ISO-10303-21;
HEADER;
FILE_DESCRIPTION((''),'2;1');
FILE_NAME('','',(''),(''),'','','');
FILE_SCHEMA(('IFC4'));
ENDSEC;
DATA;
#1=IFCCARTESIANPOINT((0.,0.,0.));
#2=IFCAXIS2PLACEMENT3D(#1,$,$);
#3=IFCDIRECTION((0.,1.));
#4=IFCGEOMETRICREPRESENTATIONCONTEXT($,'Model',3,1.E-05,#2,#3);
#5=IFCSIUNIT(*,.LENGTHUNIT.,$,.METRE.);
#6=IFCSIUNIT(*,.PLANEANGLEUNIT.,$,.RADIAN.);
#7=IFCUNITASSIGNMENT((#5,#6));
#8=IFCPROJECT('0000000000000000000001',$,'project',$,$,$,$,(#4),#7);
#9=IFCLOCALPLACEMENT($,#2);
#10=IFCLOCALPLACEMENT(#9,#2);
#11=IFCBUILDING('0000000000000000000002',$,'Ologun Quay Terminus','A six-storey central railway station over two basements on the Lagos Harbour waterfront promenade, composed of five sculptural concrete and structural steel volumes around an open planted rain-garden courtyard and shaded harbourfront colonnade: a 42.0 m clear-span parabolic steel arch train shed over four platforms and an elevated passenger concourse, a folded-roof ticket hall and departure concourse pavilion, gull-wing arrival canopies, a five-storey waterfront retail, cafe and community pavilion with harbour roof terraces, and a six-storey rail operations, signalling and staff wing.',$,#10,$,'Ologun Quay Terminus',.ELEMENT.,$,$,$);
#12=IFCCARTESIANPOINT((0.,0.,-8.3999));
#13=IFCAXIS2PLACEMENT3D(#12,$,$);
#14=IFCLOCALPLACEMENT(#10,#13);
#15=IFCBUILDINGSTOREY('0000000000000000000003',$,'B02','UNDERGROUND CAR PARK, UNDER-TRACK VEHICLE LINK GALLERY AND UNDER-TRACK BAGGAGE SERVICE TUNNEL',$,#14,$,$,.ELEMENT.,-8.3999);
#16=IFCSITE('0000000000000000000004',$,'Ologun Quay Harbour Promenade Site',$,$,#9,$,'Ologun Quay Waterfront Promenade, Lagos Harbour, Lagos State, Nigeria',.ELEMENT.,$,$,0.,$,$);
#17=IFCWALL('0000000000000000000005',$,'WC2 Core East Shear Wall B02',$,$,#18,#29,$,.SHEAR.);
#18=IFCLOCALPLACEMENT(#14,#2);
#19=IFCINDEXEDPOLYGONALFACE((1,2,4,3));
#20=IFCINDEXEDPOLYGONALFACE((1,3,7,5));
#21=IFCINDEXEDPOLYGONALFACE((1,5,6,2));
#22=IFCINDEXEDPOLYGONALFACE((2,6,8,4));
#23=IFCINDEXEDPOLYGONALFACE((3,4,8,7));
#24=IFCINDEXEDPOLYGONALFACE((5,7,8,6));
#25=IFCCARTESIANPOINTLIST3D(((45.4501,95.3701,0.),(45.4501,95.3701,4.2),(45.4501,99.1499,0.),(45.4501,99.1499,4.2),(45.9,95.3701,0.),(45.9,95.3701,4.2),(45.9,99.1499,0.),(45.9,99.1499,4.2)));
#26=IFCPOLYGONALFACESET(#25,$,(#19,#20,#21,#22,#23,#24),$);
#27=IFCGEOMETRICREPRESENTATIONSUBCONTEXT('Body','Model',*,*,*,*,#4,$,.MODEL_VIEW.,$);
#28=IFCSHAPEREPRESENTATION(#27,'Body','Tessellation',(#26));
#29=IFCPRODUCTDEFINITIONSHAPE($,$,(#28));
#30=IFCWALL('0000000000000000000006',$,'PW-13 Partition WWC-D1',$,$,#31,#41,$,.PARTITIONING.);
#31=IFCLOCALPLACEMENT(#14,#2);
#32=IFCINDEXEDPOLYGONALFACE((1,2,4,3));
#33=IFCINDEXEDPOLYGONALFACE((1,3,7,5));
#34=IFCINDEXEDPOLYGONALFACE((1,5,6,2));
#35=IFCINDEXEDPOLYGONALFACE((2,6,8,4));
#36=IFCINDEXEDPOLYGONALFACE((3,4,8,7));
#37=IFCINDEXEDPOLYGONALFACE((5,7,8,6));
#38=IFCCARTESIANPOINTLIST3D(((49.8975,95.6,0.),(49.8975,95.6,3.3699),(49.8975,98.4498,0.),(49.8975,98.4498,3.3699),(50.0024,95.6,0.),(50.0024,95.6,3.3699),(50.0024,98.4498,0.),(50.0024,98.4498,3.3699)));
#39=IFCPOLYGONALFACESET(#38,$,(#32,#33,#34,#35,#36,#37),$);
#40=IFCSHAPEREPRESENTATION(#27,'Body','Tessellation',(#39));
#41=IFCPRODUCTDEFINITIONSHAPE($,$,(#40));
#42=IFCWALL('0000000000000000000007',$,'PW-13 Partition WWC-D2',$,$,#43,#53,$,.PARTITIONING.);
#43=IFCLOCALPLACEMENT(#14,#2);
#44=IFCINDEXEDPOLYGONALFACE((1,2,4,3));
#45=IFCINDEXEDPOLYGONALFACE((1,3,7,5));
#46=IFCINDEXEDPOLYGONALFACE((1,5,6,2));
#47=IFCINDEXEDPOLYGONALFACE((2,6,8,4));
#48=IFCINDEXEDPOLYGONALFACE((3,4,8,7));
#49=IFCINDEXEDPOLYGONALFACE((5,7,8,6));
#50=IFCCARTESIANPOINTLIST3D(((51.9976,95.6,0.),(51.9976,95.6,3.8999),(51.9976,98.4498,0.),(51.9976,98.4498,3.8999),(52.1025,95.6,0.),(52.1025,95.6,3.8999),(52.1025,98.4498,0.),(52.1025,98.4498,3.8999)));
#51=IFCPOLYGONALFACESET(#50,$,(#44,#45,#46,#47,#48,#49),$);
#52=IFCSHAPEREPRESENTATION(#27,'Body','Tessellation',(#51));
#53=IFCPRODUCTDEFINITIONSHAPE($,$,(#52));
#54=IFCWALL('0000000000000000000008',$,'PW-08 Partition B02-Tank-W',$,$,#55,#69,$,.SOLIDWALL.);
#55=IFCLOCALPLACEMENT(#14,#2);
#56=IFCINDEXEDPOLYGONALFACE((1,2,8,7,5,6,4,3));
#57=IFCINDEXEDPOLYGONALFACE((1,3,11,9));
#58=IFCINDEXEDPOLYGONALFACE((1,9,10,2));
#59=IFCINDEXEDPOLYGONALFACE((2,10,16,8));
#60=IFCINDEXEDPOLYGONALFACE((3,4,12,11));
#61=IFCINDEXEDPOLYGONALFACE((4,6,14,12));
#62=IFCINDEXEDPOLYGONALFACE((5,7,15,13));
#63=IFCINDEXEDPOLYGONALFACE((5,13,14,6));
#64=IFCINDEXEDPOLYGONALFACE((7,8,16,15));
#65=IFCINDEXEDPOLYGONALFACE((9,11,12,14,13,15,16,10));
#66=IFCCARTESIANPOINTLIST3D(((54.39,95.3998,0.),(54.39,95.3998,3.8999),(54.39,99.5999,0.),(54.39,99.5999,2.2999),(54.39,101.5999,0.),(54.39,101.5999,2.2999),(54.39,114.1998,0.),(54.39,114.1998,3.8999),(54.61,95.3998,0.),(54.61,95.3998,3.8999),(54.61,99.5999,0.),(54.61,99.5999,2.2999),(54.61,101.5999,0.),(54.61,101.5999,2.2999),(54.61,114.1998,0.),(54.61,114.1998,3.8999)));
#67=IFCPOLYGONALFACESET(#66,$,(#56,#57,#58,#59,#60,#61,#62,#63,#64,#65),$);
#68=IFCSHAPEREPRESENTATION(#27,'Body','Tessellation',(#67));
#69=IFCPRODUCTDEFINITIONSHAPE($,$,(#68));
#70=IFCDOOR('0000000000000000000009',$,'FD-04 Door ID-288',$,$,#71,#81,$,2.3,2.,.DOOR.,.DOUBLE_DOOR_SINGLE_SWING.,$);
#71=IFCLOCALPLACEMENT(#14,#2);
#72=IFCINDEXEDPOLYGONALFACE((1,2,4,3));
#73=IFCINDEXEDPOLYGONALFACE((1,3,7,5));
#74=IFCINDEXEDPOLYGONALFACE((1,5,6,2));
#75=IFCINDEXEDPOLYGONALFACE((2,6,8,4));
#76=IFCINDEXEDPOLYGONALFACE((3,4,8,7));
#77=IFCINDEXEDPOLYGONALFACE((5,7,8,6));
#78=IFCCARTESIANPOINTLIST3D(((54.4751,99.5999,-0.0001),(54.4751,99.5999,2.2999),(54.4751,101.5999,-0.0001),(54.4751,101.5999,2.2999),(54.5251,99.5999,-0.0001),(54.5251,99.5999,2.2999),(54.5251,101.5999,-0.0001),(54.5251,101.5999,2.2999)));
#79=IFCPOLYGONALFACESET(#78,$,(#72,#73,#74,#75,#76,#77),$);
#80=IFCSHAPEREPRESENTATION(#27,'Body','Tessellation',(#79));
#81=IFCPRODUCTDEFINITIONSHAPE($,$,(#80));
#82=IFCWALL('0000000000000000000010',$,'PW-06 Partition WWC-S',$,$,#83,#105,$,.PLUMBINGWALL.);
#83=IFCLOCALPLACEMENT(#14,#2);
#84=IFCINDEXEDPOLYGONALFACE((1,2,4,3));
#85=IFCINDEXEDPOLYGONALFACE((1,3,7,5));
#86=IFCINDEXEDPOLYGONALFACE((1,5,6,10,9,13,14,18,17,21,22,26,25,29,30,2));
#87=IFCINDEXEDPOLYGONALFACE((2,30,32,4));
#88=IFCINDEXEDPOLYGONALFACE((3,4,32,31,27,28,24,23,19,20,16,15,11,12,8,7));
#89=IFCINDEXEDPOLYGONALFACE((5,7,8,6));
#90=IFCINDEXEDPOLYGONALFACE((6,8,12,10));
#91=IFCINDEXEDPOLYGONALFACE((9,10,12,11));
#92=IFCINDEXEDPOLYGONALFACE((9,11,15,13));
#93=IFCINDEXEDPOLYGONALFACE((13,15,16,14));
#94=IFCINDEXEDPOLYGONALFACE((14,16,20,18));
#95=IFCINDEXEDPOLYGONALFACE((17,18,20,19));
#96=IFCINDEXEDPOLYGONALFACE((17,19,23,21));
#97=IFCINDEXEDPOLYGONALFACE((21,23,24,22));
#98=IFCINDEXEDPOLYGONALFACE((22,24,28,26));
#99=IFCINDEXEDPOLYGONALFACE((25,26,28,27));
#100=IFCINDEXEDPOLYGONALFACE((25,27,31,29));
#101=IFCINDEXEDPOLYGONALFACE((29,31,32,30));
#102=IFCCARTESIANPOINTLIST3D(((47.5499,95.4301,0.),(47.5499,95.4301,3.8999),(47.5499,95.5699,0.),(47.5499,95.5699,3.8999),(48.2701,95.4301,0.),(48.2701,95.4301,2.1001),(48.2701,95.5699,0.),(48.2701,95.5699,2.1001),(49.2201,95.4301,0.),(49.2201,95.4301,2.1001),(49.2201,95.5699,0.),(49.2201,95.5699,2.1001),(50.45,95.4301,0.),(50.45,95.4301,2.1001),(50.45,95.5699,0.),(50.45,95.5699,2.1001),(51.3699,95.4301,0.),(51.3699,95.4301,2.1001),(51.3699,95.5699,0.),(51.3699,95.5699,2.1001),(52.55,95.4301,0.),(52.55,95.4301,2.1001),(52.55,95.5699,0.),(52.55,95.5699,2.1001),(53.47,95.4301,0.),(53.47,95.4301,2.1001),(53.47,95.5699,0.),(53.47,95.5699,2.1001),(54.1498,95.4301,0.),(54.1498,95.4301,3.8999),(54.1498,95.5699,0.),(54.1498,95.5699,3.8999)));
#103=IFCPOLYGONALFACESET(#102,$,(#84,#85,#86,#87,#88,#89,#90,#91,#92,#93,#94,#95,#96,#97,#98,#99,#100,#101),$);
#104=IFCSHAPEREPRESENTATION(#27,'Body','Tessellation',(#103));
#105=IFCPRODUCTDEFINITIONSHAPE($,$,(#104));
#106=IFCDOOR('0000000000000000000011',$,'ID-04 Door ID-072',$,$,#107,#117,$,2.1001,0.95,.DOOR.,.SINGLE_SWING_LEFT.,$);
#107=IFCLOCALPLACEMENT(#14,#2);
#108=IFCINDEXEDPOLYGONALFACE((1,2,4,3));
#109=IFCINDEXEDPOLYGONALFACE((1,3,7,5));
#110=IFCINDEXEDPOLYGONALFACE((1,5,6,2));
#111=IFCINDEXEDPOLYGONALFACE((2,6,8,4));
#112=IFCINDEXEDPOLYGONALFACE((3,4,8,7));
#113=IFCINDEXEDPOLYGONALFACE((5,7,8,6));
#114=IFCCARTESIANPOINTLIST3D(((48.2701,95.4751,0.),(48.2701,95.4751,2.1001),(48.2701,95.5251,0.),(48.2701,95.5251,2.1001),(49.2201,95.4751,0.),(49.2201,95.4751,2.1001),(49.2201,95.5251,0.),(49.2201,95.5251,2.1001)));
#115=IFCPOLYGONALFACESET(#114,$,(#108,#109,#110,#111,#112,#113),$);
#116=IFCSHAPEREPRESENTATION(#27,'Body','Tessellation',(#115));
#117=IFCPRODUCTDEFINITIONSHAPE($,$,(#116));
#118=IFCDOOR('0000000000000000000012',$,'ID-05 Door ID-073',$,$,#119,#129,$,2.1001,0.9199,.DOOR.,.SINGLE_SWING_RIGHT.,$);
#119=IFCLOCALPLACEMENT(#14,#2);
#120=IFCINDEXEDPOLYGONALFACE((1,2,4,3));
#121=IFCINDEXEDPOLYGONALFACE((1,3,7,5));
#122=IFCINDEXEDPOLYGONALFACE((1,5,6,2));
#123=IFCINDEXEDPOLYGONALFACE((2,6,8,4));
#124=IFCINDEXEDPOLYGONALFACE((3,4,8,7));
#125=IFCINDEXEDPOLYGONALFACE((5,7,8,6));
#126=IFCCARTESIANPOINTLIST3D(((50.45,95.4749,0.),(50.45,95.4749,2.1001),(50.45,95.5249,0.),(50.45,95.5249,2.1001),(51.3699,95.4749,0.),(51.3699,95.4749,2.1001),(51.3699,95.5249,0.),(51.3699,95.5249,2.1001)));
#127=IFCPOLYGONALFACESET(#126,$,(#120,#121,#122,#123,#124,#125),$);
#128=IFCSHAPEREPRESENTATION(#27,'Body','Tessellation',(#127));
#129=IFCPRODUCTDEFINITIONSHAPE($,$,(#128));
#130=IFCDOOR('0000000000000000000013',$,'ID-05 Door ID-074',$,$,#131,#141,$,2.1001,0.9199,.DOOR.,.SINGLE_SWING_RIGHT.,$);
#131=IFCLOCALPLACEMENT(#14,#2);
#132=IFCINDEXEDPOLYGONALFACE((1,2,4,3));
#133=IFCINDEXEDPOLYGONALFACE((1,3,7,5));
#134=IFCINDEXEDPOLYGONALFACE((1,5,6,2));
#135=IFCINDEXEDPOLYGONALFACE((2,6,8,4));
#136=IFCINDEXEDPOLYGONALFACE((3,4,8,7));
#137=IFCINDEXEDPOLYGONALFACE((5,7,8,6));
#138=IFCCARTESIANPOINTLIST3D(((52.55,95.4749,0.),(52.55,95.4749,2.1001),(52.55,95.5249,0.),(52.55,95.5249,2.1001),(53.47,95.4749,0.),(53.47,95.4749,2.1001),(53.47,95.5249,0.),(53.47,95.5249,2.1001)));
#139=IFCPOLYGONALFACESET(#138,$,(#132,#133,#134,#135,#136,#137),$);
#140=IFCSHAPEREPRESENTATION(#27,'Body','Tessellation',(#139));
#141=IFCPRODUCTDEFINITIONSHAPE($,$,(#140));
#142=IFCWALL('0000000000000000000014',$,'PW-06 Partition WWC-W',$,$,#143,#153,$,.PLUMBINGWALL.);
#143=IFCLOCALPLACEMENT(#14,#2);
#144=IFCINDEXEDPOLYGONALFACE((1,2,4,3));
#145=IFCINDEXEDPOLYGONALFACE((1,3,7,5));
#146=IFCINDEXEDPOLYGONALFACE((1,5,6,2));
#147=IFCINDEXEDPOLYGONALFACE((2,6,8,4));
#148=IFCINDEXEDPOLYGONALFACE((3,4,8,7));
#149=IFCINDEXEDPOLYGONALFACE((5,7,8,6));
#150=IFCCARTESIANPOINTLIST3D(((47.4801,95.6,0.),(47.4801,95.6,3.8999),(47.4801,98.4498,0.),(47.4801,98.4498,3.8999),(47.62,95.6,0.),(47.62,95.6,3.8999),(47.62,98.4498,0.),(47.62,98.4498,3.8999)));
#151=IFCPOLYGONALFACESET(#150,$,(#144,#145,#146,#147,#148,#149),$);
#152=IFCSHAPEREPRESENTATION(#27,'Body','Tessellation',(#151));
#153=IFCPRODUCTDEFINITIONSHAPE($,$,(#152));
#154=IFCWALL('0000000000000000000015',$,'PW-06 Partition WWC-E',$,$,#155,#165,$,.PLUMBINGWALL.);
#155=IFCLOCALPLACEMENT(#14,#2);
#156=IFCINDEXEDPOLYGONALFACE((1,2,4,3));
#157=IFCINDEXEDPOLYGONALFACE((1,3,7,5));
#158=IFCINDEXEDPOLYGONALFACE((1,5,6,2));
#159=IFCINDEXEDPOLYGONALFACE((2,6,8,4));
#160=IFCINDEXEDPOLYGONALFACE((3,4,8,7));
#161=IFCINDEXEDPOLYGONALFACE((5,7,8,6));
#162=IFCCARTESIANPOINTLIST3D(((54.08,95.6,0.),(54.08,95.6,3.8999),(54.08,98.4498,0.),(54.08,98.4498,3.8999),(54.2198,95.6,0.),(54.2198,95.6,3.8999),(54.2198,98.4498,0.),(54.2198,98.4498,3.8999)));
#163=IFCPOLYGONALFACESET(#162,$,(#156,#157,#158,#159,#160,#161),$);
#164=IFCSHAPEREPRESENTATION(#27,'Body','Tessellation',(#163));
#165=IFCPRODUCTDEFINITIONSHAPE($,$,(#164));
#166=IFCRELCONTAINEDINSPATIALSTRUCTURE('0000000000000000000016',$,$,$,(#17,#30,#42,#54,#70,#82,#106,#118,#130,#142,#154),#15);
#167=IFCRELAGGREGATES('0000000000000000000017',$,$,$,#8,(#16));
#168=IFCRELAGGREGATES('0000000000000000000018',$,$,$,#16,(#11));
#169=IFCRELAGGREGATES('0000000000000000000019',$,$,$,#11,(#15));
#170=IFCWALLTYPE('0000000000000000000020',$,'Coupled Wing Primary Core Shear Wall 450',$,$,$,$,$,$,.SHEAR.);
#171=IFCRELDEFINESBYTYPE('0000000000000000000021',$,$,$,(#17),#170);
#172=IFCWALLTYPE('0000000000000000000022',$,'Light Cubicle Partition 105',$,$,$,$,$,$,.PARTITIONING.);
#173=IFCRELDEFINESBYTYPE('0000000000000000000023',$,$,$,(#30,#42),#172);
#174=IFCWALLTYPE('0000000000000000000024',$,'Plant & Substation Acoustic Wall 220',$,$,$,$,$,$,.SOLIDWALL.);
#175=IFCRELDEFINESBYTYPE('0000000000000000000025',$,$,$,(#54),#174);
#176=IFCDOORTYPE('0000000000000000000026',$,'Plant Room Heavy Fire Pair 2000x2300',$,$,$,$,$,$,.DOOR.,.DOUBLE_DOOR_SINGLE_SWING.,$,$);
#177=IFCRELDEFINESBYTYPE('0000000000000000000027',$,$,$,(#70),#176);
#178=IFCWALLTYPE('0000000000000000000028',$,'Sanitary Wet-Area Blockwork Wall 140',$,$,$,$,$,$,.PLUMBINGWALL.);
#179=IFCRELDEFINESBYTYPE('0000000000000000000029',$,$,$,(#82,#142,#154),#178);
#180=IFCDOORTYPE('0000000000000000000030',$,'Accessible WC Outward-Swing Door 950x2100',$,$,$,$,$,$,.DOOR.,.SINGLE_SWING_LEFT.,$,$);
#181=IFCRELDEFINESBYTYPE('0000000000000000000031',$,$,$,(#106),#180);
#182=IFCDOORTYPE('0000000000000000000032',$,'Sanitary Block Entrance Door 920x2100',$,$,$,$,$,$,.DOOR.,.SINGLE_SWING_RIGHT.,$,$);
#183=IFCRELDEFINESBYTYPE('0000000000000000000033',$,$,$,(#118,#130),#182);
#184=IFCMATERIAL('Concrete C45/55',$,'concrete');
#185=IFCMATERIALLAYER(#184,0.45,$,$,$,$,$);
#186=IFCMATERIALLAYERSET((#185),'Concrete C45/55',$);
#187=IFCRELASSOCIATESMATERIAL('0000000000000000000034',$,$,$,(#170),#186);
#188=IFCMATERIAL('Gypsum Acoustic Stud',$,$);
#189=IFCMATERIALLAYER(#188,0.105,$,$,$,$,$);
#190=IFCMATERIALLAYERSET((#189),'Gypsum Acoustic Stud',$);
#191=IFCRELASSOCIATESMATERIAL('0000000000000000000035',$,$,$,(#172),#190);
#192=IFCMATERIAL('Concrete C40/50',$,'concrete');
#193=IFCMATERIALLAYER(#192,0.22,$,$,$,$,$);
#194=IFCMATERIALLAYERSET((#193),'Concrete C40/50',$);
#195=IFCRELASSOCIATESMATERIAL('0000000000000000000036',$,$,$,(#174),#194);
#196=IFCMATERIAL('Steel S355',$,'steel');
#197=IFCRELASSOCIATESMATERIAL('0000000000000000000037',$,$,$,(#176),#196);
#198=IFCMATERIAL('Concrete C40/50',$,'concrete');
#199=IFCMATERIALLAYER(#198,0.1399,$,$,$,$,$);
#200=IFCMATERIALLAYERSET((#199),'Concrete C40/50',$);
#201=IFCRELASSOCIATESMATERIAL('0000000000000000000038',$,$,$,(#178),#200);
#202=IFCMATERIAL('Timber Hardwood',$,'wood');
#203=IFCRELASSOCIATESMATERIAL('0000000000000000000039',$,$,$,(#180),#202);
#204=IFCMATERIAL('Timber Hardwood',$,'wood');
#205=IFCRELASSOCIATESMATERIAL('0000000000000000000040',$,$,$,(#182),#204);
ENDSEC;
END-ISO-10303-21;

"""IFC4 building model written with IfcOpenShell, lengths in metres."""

from ifc_helpers import new_model, si_unit, direction, frame, frame_2d, origin, place, context, subcontext, project, spatial, rectangle, extrude, material, layer, layer_set, type_object, element, fill, save


model = new_model("IFC4")

# Units and contexts
model_context = context("Model", 3, precision=1e-05, world=origin(), true_north=direction((0.0, 1.0)))
body_context = subcontext(model_context, "Body", "Model", "MODEL_VIEW")
ifc_project = project(units=[si_unit("LENGTHUNIT", "METRE"), si_unit("PLANEANGLEUNIT", "RADIAN")], contexts=[model_context])

# Site, building, storey
site_placement = place(None, origin())
site = spatial("IfcSite", under=ifc_project, at=site_placement, Name="Ologun Quay Harbour Promenade Site", LongName="Ologun Quay Waterfront Promenade, Lagos Harbour, Lagos State, Nigeria", CompositionType="ELEMENT", RefElevation=0.0)
building_placement = place(site_placement, origin())
building = spatial("IfcBuilding", under=site, at=building_placement, Name="Ologun Quay Terminus", Description="A six-storey central railway station over two basements on the Lagos Harbour waterfront promenade, composed of five sculptural concrete and structural steel volumes around an open planted rain-garden courtyard and shaded harbourfront colonnade: a 42.0 m clear-span parabolic steel arch train shed over four platforms and an elevated passenger concourse, a folded-roof ticket hall and departure concourse pavilion, gull-wing arrival canopies, a five-storey waterfront retail, cafe and community pavilion with harbour roof terraces, and a six-storey rail operations, signalling and staff wing.", LongName="Ologun Quay Terminus", CompositionType="ELEMENT")
storey_placement = place(building_placement, frame((0.0, 0.0, -8.3999)))
storey = spatial("IfcBuildingStorey", under=building, at=storey_placement, Name="B02", Description="UNDERGROUND CAR PARK, UNDER-TRACK VEHICLE LINK GALLERY AND UNDER-TRACK BAGGAGE SERVICE TUNNEL", CompositionType="ELEMENT", Elevation=-8.3999)

# Walls
ifc_material_1 = material(Name="Concrete C45/55", Category="concrete")
ifc_layer_1 = layer(ifc_material_1, 0.45)
ifc_layer_set_1 = layer_set([ifc_layer_1], Name="Concrete C45/55")
wall_type_1 = type_object("IfcWallType", Name="Coupled Wing Primary Core Shear Wall 450", PredefinedType="SHEAR", material=ifc_layer_set_1)
wall_1_placement = place(storey_placement, frame((45.675, 95.3701, 0.0), z_axis=(0.0, 0.0, 1.0), x_axis=(0.0, 1.0, 0.0)))
element("IfcWall", 1, at=wall_1_placement, inside=storey, type_object=wall_type_1, Name="WC2 Core East Shear Wall B02", PredefinedType="SHEAR", context=body_context, shape_type="SweptSolid", body=[
    extrude(rectangle(XDim=3.7798, YDim=0.45, at=frame_2d((1.8899, 0.0))), origin(), (0.0, 0.0, 1.0), 4.2),
])
ifc_material_2 = material(Name="Gypsum Acoustic Stud")
ifc_layer_2 = layer(ifc_material_2, 0.105)
ifc_layer_set_2 = layer_set([ifc_layer_2], Name="Gypsum Acoustic Stud")
wall_type_2 = type_object("IfcWallType", Name="Light Cubicle Partition 105", PredefinedType="PARTITIONING", material=ifc_layer_set_2)
wall_2_placement = place(storey_placement, frame((49.95, 95.6001, 0.0), z_axis=(0.0, 0.0, 1.0), x_axis=(0.0, 1.0, 0.0)))
element("IfcWall", 2, at=wall_2_placement, inside=storey, type_object=wall_type_2, Name="PW-13 Partition WWC-D1", PredefinedType="PARTITIONING", context=body_context, shape_type="SweptSolid", body=[
    extrude(rectangle(XDim=2.8499, YDim=0.105, at=frame_2d((1.4248, 0.0))), origin(), (0.0, 0.0, 1.0), 3.3699),
])
wall_3_placement = place(storey_placement, frame((52.05, 95.6001, 0.0), z_axis=(0.0, 0.0, 1.0), x_axis=(0.0, 1.0, 0.0)))
element("IfcWall", 3, at=wall_3_placement, inside=storey, type_object=wall_type_2, Name="PW-13 Partition WWC-D2", PredefinedType="PARTITIONING", context=body_context, shape_type="SweptSolid", body=[
    extrude(rectangle(XDim=2.8499, YDim=0.105, at=frame_2d((1.4248, 0.0))), origin(), (0.0, 0.0, 1.0), 3.8999),
])

# Wall, opening, door
ifc_material_3 = material(Name="Concrete C40/50", Category="concrete")
ifc_layer_3 = layer(ifc_material_3, 0.22)
ifc_layer_set_3 = layer_set([ifc_layer_3], Name="Concrete C40/50")
wall_type_3 = type_object("IfcWallType", Name="Plant & Substation Acoustic Wall 220", PredefinedType="SOLIDWALL", material=ifc_layer_set_3)
wall_4_placement = place(storey_placement, frame((54.5, 95.3999, 0.0), z_axis=(0.0, 0.0, 1.0), x_axis=(0.0, 1.0, 0.0)))
wall_4 = element("IfcWall", 4, at=wall_4_placement, inside=storey, type_object=wall_type_3, Name="PW-08 Partition B02-Tank-W", PredefinedType="SOLIDWALL", context=body_context, shape_type="SweptSolid", body=[
    extrude(rectangle(XDim=18.8, YDim=0.22, at=frame_2d((9.3999, 0.0))), origin(), (0.0, 0.0, 1.0), 3.8999),
])
opening_1_placement = place(wall_4_placement, frame((4.2, 0.0, 0.0)))
opening_1 = element("IfcOpeningElement", 5, at=opening_1_placement, cuts=wall_4, PredefinedType="OPENING", context=body_context, shape_type="SweptSolid", body=[
    extrude(rectangle(XDim=2.0, YDim=2.3, at=frame_2d((1.0, 1.1499))), frame((0.0, 0.1201, 0.0), z_axis=(0.0, -1.0, 0.0), x_axis=(1.0, 0.0, 0.0)), (0.0, 0.0, 1.0), 0.24),
])
ifc_material_4 = material(Name="Steel S355", Category="steel")
door_type_1 = type_object("IfcDoorType", Name="Plant Room Heavy Fire Pair 2000x2300", OperationType="DOUBLE_DOOR_SINGLE_SWING", PredefinedType="DOOR", material=ifc_material_4)
door_1_placement = place(opening_1_placement, origin())
door_1 = element("IfcDoor", 6, at=door_1_placement, inside=storey, type_object=door_type_1, Name="FD-04 Door ID-288", OperationType="DOUBLE_DOOR_SINGLE_SWING", OverallHeight=2.3, OverallWidth=2.0, PredefinedType="DOOR", context=body_context, shape_type="SweptSolid", body=[
    extrude(rectangle(XDim=2.0, YDim=2.3, at=frame_2d((1.0, 1.1499))), frame((0.0, 0.0249, 0.0), z_axis=(0.0, -1.0, 0.0), x_axis=(1.0, 0.0, 0.0)), (0.0, 0.0, 1.0), 0.05),
])
fill(opening_1, door_1)

# Wall, openings, doors
ifc_material_5 = material(Name="Concrete C40/50", Category="concrete")
ifc_layer_4 = layer(ifc_material_5, 0.1399)
ifc_layer_set_4 = layer_set([ifc_layer_4], Name="Concrete C40/50")
wall_type_4 = type_object("IfcWallType", Name="Sanitary Wet-Area Blockwork Wall 140", PredefinedType="PLUMBINGWALL", material=ifc_layer_set_4)
wall_5_placement = place(storey_placement, frame((47.55, 95.5, 0.0), z_axis=(0.0, 0.0, 1.0), x_axis=(1.0, 0.0, 0.0)))
wall_5 = element("IfcWall", 7, at=wall_5_placement, inside=storey, type_object=wall_type_4, Name="PW-06 Partition WWC-S", PredefinedType="PLUMBINGWALL", context=body_context, shape_type="SweptSolid", body=[
    extrude(rectangle(XDim=6.5999, YDim=0.1399, at=frame_2d((3.2998, 0.0))), origin(), (0.0, 0.0, 1.0), 3.8999),
])
opening_2_placement = place(wall_5_placement, frame((0.72, 0.0, 0.0)))
opening_2 = element("IfcOpeningElement", 8, at=opening_2_placement, cuts=wall_5, PredefinedType="OPENING", context=body_context, shape_type="SweptSolid", body=[
    extrude(rectangle(XDim=0.95, YDim=2.1001, at=frame_2d((0.4751, 1.05))), frame((0.0, 0.0801, 0.0), z_axis=(0.0, -1.0, 0.0), x_axis=(1.0, 0.0, 0.0)), (0.0, 0.0, 1.0), 0.1599),
])
opening_3_placement = place(wall_5_placement, frame((2.8999, 0.0, 0.0)))
opening_3 = element("IfcOpeningElement", 9, at=opening_3_placement, cuts=wall_5, PredefinedType="OPENING", context=body_context, shape_type="SweptSolid", body=[
    extrude(rectangle(XDim=0.9199, YDim=2.1001, at=frame_2d((0.46, 1.05))), frame((0.0, 0.0801, 0.0), z_axis=(0.0, -1.0, 0.0), x_axis=(1.0, 0.0, 0.0)), (0.0, 0.0, 1.0), 0.1599),
])
opening_4_placement = place(wall_5_placement, frame((5.0, 0.0, 0.0)))
opening_4 = element("IfcOpeningElement", 10, at=opening_4_placement, cuts=wall_5, PredefinedType="OPENING", context=body_context, shape_type="SweptSolid", body=[
    extrude(rectangle(XDim=0.9199, YDim=2.1001, at=frame_2d((0.46, 1.05))), frame((0.0, 0.0801, 0.0), z_axis=(0.0, -1.0, 0.0), x_axis=(1.0, 0.0, 0.0)), (0.0, 0.0, 1.0), 0.1599),
])
ifc_material_6 = material(Name="Timber Hardwood", Category="wood")
door_type_2 = type_object("IfcDoorType", Name="Accessible WC Outward-Swing Door 950x2100", OperationType="SINGLE_SWING_LEFT", PredefinedType="DOOR", material=ifc_material_6)
door_2_placement = place(opening_2_placement, frame((0.4751, 0.0, 0.0), z_axis=(0.0, 0.0, 1.0), x_axis=(-1.0, 0.0, 0.0)))
door_2 = element("IfcDoor", 11, at=door_2_placement, inside=storey, type_object=door_type_2, Name="ID-04 Door ID-072", OperationType="SINGLE_SWING_LEFT", OverallHeight=2.1001, OverallWidth=0.95, PredefinedType="DOOR", context=body_context, shape_type="SweptSolid", body=[
    extrude(rectangle(XDim=0.95, YDim=2.1001, at=frame_2d((0.0, 1.05))), frame((0.0, 0.0249, 0.0), z_axis=(0.0, -1.0, 0.0), x_axis=(1.0, 0.0, 0.0)), (0.0, 0.0, 1.0), 0.05),
])
fill(opening_2, door_2)
ifc_material_7 = material(Name="Timber Hardwood", Category="wood")
door_type_3 = type_object("IfcDoorType", Name="Sanitary Block Entrance Door 920x2100", OperationType="SINGLE_SWING_RIGHT", PredefinedType="DOOR", material=ifc_material_7)
door_3_placement = place(opening_3_placement, origin())
door_3 = element("IfcDoor", 12, at=door_3_placement, inside=storey, type_object=door_type_3, Name="ID-05 Door ID-073", OperationType="SINGLE_SWING_RIGHT", OverallHeight=2.1001, OverallWidth=0.9199, PredefinedType="DOOR", context=body_context, shape_type="SweptSolid", body=[
    extrude(rectangle(XDim=0.9199, YDim=2.1001, at=frame_2d((0.46, 1.05))), frame((0.0, 0.0249, 0.0), z_axis=(0.0, -1.0, 0.0), x_axis=(1.0, 0.0, 0.0)), (0.0, 0.0, 1.0), 0.05),
])
fill(opening_3, door_3)
door_4_placement = place(opening_4_placement, origin())
door_4 = element("IfcDoor", 13, at=door_4_placement, inside=storey, type_object=door_type_3, Name="ID-05 Door ID-074", OperationType="SINGLE_SWING_RIGHT", OverallHeight=2.1001, OverallWidth=0.9199, PredefinedType="DOOR", context=body_context, shape_type="SweptSolid", body=[
    extrude(rectangle(XDim=0.9199, YDim=2.1001, at=frame_2d((0.46, 1.05))), frame((0.0, 0.0249, 0.0), z_axis=(0.0, -1.0, 0.0), x_axis=(1.0, 0.0, 0.0)), (0.0, 0.0, 1.0), 0.05),
])
fill(opening_4, door_4)

# Walls
for number, where, z_axis, x_axis, name in (
    (14, (47.55, 95.6001, 0.0), (0.0, 0.0, 1.0), (0.0, 1.0, 0.0), "PW-06 Partition WWC-W"),
    (15, (54.1499, 95.6001, 0.0), (0.0, 0.0, 1.0), (0.0, 1.0, 0.0), "PW-06 Partition WWC-E"),
):
    element("IfcWall", number, at=place(storey_placement, frame(where, z_axis=z_axis, x_axis=x_axis)), inside=storey, type_object=wall_type_4, Name=name, PredefinedType="PLUMBINGWALL", context=body_context, shape_type="SweptSolid", body=[
        extrude(rectangle(XDim=2.8499, YDim=0.1399, at=frame_2d((1.4248, 0.0))), origin(), (0.0, 0.0, 1.0), 3.8999),
    ])

save(model, "model.ifc")
